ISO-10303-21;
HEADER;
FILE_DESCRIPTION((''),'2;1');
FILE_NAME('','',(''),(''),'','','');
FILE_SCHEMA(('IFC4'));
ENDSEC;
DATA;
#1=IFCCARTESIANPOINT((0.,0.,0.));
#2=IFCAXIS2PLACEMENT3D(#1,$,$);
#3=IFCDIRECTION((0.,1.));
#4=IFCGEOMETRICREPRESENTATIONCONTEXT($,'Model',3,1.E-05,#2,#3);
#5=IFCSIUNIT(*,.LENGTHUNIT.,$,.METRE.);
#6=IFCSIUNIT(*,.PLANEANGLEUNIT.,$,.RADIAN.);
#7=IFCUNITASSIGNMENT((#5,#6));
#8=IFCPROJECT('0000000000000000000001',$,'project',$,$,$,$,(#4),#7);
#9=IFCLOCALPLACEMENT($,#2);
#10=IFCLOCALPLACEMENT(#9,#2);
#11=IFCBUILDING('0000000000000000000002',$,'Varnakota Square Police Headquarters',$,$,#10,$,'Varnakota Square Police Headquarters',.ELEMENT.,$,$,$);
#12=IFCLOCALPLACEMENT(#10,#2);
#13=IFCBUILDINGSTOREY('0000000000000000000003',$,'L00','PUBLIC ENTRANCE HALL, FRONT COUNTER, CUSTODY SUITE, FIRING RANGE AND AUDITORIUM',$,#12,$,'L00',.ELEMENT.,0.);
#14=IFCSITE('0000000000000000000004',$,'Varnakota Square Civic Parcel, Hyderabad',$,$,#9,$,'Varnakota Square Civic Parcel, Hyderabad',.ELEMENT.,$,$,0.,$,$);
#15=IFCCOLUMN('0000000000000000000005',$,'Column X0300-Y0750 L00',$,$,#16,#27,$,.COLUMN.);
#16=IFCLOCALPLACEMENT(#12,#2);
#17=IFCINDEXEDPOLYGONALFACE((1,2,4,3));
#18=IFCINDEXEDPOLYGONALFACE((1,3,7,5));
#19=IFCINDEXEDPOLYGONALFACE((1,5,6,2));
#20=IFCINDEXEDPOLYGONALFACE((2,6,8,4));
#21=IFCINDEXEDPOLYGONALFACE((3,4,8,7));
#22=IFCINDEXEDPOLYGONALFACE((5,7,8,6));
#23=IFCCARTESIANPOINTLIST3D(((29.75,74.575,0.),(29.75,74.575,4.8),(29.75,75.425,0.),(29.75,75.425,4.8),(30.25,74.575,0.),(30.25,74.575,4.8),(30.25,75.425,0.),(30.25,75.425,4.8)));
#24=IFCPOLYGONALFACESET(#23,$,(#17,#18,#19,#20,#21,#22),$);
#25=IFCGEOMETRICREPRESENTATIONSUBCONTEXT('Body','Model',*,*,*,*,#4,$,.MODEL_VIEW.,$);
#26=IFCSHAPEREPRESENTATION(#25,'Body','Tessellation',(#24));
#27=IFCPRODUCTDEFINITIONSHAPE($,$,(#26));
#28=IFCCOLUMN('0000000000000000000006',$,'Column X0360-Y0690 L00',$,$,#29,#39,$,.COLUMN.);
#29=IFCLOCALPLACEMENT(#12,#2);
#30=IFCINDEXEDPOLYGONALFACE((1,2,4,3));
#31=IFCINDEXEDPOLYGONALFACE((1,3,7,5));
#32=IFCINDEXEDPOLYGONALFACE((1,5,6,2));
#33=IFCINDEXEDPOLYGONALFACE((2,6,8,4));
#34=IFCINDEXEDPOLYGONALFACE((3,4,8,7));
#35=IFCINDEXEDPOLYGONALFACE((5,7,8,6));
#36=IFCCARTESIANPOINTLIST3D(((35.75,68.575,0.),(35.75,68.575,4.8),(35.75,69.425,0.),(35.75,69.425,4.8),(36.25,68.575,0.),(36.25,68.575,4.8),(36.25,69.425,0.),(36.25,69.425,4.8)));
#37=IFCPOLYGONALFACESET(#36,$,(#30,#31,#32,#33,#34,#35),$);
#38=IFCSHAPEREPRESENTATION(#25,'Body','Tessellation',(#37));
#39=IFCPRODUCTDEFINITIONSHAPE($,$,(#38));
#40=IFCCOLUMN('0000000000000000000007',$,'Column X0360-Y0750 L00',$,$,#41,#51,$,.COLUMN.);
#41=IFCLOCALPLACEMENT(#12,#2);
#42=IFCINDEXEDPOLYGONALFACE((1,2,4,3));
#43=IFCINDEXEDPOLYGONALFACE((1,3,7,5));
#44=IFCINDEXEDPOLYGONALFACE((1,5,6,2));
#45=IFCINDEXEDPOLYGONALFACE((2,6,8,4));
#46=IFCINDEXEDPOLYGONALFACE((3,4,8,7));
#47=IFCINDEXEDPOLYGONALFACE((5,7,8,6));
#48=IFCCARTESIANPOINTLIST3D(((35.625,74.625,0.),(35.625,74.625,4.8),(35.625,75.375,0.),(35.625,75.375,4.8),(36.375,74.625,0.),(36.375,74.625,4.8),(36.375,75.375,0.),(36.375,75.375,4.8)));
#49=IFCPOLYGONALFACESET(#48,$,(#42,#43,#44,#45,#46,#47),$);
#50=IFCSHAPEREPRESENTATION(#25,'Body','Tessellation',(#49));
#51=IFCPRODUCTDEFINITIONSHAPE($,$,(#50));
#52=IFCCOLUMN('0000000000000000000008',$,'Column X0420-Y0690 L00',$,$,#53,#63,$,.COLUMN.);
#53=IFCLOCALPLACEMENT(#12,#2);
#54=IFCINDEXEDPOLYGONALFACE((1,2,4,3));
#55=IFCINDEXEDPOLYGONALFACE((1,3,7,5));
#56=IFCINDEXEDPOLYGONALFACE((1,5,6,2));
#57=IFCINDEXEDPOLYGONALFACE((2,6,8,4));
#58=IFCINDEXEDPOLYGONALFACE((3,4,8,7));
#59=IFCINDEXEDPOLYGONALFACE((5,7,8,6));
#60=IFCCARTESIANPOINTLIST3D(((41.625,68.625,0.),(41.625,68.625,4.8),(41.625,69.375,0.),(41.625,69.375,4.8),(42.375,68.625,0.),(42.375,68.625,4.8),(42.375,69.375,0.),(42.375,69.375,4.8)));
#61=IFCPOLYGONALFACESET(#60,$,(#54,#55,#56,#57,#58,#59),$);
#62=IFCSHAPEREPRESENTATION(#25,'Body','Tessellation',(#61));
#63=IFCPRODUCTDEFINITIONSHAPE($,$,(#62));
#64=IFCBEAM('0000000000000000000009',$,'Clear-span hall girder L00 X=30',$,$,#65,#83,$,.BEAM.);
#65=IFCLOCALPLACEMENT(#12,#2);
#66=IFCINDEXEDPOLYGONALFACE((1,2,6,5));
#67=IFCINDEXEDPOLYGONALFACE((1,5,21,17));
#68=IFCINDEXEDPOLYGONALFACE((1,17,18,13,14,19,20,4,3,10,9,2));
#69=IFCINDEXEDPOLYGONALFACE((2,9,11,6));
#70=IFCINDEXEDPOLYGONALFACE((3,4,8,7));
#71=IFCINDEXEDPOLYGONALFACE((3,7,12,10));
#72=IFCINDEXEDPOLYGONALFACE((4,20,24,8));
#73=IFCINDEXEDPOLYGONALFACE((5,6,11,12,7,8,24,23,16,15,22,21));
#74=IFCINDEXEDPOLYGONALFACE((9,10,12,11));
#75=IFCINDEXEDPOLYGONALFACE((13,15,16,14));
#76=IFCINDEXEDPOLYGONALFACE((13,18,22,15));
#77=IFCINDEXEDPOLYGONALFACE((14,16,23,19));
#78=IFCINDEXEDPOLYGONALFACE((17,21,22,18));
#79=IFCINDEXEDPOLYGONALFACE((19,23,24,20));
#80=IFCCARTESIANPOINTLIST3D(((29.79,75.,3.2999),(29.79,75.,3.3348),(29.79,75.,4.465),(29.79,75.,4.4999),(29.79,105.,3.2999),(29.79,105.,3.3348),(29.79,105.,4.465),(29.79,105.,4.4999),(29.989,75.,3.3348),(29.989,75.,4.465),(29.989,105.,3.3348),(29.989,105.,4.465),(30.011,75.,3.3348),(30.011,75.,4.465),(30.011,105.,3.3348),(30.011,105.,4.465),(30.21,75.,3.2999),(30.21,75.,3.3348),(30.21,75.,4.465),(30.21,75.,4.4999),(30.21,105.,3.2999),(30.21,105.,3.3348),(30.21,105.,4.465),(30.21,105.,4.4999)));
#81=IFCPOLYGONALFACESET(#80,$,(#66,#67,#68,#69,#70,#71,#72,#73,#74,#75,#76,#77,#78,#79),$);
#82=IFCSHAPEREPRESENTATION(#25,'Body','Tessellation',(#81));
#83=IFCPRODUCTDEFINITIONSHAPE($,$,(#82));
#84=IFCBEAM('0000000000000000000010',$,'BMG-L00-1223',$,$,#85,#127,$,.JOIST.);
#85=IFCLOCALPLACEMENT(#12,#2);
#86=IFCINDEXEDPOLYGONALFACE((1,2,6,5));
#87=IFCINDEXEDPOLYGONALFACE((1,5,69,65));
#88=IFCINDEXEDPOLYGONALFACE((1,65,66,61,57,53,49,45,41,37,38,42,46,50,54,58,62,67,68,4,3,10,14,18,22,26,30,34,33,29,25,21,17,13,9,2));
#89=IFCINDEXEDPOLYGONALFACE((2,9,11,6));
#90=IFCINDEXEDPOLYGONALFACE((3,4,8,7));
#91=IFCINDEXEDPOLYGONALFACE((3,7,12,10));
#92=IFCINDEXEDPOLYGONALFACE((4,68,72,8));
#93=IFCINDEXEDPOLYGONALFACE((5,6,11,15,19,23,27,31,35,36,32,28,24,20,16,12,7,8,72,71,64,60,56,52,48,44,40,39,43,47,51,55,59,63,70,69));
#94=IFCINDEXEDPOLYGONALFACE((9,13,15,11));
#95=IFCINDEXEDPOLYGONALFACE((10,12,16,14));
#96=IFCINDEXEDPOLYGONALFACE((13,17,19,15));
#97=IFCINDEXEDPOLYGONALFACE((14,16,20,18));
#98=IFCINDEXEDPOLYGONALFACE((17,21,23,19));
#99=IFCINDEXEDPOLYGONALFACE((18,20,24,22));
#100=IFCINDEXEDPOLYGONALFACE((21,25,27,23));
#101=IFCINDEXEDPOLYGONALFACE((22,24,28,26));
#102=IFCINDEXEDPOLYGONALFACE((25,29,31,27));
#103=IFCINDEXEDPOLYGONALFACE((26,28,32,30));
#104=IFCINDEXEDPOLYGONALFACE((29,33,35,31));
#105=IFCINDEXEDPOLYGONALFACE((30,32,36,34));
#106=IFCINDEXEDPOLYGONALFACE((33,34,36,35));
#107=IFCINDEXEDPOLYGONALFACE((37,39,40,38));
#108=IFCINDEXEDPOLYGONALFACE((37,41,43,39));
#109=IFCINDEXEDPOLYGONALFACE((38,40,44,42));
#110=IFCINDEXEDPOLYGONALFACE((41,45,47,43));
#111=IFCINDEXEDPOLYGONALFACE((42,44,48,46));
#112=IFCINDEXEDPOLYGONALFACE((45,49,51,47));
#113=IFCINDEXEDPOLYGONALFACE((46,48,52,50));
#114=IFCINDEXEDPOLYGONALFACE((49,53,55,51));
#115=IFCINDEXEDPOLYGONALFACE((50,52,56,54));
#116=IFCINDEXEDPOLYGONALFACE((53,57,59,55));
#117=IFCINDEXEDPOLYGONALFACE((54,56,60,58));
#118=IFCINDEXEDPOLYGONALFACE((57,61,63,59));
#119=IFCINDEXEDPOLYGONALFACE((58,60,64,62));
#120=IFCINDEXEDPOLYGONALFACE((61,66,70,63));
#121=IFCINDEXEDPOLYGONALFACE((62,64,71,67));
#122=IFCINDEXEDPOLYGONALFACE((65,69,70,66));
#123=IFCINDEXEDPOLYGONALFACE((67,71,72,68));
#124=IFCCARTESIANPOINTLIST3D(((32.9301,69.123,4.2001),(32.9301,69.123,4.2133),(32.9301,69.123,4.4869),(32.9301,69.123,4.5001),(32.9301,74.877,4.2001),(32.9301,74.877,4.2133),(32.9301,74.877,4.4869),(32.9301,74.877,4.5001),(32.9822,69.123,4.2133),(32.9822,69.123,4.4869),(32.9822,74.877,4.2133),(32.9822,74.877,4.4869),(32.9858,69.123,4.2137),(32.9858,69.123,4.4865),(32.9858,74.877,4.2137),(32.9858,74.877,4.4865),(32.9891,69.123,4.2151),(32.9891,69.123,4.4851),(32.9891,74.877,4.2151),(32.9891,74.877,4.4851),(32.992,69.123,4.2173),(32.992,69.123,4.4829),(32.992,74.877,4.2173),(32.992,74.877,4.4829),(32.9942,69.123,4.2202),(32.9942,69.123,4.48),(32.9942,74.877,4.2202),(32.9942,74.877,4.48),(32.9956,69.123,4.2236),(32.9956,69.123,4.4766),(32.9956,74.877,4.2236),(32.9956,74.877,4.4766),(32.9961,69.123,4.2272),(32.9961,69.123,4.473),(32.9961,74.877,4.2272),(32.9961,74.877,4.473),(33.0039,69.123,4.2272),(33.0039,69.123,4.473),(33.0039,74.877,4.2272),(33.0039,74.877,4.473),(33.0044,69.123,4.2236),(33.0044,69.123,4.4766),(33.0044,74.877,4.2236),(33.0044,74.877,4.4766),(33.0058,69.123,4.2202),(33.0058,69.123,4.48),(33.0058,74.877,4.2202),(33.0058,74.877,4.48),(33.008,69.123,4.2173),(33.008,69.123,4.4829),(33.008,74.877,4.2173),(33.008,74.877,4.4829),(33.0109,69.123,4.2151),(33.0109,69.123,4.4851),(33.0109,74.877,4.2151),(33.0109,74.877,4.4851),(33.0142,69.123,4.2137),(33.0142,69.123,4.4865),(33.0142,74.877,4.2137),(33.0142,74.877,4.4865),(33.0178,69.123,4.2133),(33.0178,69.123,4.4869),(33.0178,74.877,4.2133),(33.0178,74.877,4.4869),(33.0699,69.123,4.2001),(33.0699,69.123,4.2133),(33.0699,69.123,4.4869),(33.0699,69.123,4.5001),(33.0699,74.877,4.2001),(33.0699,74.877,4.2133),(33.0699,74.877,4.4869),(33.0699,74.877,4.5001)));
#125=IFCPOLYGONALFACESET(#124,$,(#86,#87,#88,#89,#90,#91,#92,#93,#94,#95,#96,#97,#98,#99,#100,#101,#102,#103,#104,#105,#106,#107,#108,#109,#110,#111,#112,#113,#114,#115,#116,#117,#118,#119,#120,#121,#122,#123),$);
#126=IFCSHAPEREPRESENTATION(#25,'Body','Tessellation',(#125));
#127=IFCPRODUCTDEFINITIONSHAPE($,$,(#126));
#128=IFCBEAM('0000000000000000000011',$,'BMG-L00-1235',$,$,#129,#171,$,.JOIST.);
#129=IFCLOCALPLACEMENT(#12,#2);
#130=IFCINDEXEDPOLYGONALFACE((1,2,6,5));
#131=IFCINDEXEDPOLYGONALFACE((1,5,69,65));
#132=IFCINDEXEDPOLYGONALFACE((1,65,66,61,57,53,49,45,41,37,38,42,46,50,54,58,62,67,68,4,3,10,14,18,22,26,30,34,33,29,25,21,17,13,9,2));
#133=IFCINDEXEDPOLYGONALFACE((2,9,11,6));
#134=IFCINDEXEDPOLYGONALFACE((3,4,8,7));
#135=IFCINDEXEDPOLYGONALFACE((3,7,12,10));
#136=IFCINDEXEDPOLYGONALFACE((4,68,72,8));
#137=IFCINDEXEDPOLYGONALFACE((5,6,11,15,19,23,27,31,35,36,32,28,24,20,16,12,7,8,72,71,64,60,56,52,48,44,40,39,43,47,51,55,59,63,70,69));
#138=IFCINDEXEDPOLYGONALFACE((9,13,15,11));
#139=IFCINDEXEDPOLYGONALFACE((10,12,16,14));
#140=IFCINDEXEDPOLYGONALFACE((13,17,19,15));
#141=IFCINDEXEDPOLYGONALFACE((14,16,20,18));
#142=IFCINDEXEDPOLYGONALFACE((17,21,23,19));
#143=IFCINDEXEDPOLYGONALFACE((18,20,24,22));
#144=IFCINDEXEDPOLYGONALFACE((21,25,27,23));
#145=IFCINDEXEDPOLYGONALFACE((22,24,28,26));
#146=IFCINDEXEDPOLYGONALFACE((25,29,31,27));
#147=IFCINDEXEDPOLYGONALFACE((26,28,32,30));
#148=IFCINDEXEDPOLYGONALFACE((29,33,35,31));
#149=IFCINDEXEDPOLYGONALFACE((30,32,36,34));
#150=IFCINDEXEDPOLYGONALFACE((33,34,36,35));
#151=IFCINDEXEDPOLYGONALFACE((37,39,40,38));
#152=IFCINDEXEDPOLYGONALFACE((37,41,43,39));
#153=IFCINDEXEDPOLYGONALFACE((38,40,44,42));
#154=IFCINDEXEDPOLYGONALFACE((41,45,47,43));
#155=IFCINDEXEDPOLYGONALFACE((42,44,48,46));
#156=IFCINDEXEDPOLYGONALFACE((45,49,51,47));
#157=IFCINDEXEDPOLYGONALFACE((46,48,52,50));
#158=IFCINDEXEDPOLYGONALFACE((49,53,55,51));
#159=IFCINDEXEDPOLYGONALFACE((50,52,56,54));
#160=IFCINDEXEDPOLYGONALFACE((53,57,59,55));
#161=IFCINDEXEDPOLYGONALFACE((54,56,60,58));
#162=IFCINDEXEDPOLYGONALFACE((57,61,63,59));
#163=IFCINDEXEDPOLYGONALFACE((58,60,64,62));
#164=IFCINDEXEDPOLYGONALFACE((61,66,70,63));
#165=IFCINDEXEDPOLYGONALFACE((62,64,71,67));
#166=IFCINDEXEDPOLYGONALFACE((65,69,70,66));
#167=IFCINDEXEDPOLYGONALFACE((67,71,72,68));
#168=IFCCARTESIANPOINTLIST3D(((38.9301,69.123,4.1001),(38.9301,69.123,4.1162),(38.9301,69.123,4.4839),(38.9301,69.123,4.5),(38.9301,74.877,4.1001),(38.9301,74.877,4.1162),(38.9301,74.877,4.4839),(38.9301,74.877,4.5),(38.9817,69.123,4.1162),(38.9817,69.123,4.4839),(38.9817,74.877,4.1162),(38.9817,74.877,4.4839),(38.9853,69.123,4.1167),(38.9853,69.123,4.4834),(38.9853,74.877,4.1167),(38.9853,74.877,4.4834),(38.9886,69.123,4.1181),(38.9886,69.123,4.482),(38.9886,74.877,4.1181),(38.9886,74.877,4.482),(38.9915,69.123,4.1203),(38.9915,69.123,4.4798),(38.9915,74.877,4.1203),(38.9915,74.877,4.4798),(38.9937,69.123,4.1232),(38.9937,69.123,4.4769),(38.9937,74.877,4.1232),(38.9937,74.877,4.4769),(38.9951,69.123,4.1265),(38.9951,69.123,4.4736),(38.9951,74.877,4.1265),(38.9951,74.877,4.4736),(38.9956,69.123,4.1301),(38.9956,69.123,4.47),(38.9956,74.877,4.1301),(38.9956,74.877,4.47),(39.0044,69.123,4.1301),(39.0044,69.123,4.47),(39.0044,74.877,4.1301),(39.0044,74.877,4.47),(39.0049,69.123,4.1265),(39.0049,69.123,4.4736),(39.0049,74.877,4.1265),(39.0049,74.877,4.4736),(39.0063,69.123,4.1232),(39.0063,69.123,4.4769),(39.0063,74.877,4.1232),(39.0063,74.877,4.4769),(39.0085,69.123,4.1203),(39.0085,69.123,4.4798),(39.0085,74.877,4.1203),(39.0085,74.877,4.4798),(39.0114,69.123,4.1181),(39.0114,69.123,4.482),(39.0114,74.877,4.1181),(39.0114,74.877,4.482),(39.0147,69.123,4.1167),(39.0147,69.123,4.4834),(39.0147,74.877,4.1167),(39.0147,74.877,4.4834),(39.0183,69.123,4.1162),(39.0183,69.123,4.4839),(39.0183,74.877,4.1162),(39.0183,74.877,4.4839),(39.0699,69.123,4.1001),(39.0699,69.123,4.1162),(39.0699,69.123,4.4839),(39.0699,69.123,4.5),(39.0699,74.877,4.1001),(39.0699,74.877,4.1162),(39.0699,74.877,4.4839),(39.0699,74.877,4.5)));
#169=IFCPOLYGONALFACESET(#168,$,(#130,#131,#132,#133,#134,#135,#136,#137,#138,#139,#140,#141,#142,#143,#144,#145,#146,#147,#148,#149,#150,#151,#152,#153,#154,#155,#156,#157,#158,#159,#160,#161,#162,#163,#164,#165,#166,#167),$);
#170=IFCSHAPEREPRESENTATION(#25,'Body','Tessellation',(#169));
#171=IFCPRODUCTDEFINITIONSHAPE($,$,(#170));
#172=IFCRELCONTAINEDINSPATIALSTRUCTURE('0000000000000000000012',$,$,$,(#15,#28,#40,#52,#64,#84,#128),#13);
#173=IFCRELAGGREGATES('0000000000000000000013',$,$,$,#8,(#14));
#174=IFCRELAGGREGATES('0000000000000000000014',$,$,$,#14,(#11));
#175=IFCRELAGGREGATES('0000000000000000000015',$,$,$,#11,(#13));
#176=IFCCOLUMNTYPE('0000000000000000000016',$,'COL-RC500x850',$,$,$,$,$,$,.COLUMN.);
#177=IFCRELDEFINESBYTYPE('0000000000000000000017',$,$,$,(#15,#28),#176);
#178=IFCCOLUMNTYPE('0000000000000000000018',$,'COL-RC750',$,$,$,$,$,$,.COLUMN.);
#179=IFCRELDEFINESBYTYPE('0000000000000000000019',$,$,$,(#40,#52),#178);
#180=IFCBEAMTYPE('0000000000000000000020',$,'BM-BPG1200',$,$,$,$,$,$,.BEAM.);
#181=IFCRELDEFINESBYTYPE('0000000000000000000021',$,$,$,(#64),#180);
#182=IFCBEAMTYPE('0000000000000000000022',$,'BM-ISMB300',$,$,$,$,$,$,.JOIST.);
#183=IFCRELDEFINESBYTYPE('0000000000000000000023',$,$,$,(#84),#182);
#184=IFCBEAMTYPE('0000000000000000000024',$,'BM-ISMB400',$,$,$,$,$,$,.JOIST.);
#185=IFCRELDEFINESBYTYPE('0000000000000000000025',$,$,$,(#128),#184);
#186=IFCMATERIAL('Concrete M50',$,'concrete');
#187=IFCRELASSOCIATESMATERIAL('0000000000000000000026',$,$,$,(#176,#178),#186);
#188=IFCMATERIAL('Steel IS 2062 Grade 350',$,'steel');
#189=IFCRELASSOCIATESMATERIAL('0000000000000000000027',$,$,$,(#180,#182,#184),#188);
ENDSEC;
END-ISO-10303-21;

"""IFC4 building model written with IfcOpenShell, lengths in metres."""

from ifc_helpers import new_model, si_unit, direction, frame, origin, origin_2d, place, context, subcontext, project, spatial, rectangle, i_section, extrude, material, material_profile, profile_set, type_object, element, save


model = new_model("IFC4")

# Units and contexts
model_context = context("Model", 3, precision=1e-05, world=origin(), true_north=direction((0.0, 1.0)))
body_context = subcontext(model_context, "Body", "Model", "MODEL_VIEW")
ifc_project = project(units=[si_unit("LENGTHUNIT", "METRE"), si_unit("PLANEANGLEUNIT", "RADIAN")], contexts=[model_context])

# Site, building, storey
site_placement = place(None, origin())
site = spatial("IfcSite", under=ifc_project, at=site_placement, Name="Varnakota Square Civic Parcel, Hyderabad", LongName="Varnakota Square Civic Parcel, Hyderabad", CompositionType="ELEMENT", RefElevation=0.0)
building_placement = place(site_placement, origin())
building = spatial("IfcBuilding", under=site, at=building_placement, Name="Varnakota Square Police Headquarters", LongName="Varnakota Square Police Headquarters", CompositionType="ELEMENT")
storey_placement = place(building_placement, origin())
storey = spatial("IfcBuildingStorey", under=building, at=storey_placement, Name="L00", Description="PUBLIC ENTRANCE HALL, FRONT COUNTER, CUSTODY SUITE, FIRING RANGE AND AUDITORIUM", LongName="L00", CompositionType="ELEMENT", Elevation=0.0)

# Columns
ifc_material_1 = material(Name="Concrete M50", Category="concrete")
ifc_material_profile_1 = material_profile(ifc_material_1, rectangle(XDim=0.5, YDim=0.8501, at=origin_2d()), Name="RC 500x850")
ifc_profile_set_1 = profile_set([ifc_material_profile_1], Name="Concrete M50")
column_type_1 = type_object("IfcColumnType", Name="COL-RC500x850", PredefinedType="COLUMN", material=ifc_profile_set_1)
for number, where, z_axis, x_axis, name in (
    (1, (30.0, 75.0, 0.0), (0.0, 0.0, 1.0), (1.0, 0.0, 0.0), "Column X0300-Y0750 L00"),
    (2, (36.0, 69.0, 0.0), (0.0, 0.0, 1.0), (1.0, 0.0, 0.0), "Column X0360-Y0690 L00"),
):
    element("IfcColumn", number, at=place(storey_placement, frame(where, z_axis=z_axis, x_axis=x_axis)), inside=storey, type_object=column_type_1, Name=name, PredefinedType="COLUMN", context=body_context, shape_type="SweptSolid", body=[
        extrude(rectangle(XDim=0.5, YDim=0.8501, at=origin_2d()), origin(), (0.0, 0.0, 1.0), 4.8),
    ])
ifc_material_profile_2 = material_profile(ifc_material_1, rectangle(XDim=0.75, YDim=0.75, at=origin_2d()), Name="RC 750x750")
ifc_profile_set_2 = profile_set([ifc_material_profile_2], Name="Concrete M50")
column_type_2 = type_object("IfcColumnType", Name="COL-RC750", PredefinedType="COLUMN", material=ifc_profile_set_2)
for number, where, z_axis, x_axis, name in (
    (3, (36.0, 75.0, 0.0), (0.0, 0.0, 1.0), (1.0, 0.0, 0.0), "Column X0360-Y0750 L00"),
    (4, (42.0, 69.0, 0.0), (0.0, 0.0, 1.0), (1.0, 0.0, 0.0), "Column X0420-Y0690 L00"),
):
    element("IfcColumn", number, at=place(storey_placement, frame(where, z_axis=z_axis, x_axis=x_axis)), inside=storey, type_object=column_type_2, Name=name, PredefinedType="COLUMN", context=body_context, shape_type="SweptSolid", body=[
        extrude(rectangle(XDim=0.75, YDim=0.75, at=origin_2d()), origin(), (0.0, 0.0, 1.0), 4.8),
    ])

# Beams
ifc_material_2 = material(Name="Steel IS 2062 Grade 350", Category="steel")
ifc_material_profile_3 = material_profile(ifc_material_2, i_section(OverallWidth=0.4199, OverallDepth=1.2, WebThickness=0.022, FlangeThickness=0.0349, at=origin_2d()), Name="BPG 1200x420")
ifc_profile_set_3 = profile_set([ifc_material_profile_3], Name="Steel IS 2062 Grade 350")
beam_type_1 = type_object("IfcBeamType", Name="BM-BPG1200", PredefinedType="BEAM", material=ifc_profile_set_3)
beam_1_placement = place(storey_placement, frame((30.0, 75.0, 3.8999), z_axis=(0.0, 1.0, 0.0), x_axis=(-1.0, 0.0, 0.0)))
element("IfcBeam", 5, at=beam_1_placement, inside=storey, type_object=beam_type_1, Name="Clear-span hall girder L00 X=30", PredefinedType="BEAM", context=body_context, shape_type="SweptSolid", body=[
    extrude(i_section(OverallWidth=0.4199, OverallDepth=1.2, WebThickness=0.022, FlangeThickness=0.0349, at=origin_2d()), origin(), (0.0, 0.0, 1.0), 30.0),
])
ifc_material_profile_4 = material_profile(ifc_material_2, i_section(OverallWidth=0.1399, OverallDepth=0.3, WebThickness=0.0078, FlangeThickness=0.0132, FilletRadius=0.0139, at=origin_2d()), Name="ISMB 300")
ifc_profile_set_4 = profile_set([ifc_material_profile_4], Name="Steel IS 2062 Grade 350")
beam_type_2 = type_object("IfcBeamType", Name="BM-ISMB300", PredefinedType="JOIST", material=ifc_profile_set_4)
beam_2_placement = place(storey_placement, frame((33.0, 69.123, 4.3501), z_axis=(0.0, 1.0, 0.0), x_axis=(-1.0, 0.0, 0.0)))
element("IfcBeam", 6, at=beam_2_placement, inside=storey, type_object=beam_type_2, Name="BMG-L00-1223", PredefinedType="JOIST", context=body_context, shape_type="SweptSolid", body=[
    extrude(i_section(OverallWidth=0.1399, OverallDepth=0.3, WebThickness=0.0078, FlangeThickness=0.0132, FilletRadius=0.0139, at=origin_2d()), origin(), (0.0, 0.0, 1.0), 5.7539),
])
ifc_material_profile_5 = material_profile(ifc_material_2, i_section(OverallWidth=0.1399, OverallDepth=0.3999, WebThickness=0.0088, FlangeThickness=0.0161, FilletRadius=0.0139, at=origin_2d()), Name="ISMB 400")
ifc_profile_set_5 = profile_set([ifc_material_profile_5], Name="Steel IS 2062 Grade 350")
beam_type_3 = type_object("IfcBeamType", Name="BM-ISMB400", PredefinedType="JOIST", material=ifc_profile_set_5)
beam_3_placement = place(storey_placement, frame((39.0, 69.123, 4.3), z_axis=(0.0, 1.0, 0.0), x_axis=(-1.0, 0.0, 0.0)))
element("IfcBeam", 7, at=beam_3_placement, inside=storey, type_object=beam_type_3, Name="BMG-L00-1235", PredefinedType="JOIST", context=body_context, shape_type="SweptSolid", body=[
    extrude(i_section(OverallWidth=0.1399, OverallDepth=0.3999, WebThickness=0.0088, FlangeThickness=0.0161, FilletRadius=0.0139, at=origin_2d()), origin(), (0.0, 0.0, 1.0), 5.7539),
])

save(model, "model.ifc")
